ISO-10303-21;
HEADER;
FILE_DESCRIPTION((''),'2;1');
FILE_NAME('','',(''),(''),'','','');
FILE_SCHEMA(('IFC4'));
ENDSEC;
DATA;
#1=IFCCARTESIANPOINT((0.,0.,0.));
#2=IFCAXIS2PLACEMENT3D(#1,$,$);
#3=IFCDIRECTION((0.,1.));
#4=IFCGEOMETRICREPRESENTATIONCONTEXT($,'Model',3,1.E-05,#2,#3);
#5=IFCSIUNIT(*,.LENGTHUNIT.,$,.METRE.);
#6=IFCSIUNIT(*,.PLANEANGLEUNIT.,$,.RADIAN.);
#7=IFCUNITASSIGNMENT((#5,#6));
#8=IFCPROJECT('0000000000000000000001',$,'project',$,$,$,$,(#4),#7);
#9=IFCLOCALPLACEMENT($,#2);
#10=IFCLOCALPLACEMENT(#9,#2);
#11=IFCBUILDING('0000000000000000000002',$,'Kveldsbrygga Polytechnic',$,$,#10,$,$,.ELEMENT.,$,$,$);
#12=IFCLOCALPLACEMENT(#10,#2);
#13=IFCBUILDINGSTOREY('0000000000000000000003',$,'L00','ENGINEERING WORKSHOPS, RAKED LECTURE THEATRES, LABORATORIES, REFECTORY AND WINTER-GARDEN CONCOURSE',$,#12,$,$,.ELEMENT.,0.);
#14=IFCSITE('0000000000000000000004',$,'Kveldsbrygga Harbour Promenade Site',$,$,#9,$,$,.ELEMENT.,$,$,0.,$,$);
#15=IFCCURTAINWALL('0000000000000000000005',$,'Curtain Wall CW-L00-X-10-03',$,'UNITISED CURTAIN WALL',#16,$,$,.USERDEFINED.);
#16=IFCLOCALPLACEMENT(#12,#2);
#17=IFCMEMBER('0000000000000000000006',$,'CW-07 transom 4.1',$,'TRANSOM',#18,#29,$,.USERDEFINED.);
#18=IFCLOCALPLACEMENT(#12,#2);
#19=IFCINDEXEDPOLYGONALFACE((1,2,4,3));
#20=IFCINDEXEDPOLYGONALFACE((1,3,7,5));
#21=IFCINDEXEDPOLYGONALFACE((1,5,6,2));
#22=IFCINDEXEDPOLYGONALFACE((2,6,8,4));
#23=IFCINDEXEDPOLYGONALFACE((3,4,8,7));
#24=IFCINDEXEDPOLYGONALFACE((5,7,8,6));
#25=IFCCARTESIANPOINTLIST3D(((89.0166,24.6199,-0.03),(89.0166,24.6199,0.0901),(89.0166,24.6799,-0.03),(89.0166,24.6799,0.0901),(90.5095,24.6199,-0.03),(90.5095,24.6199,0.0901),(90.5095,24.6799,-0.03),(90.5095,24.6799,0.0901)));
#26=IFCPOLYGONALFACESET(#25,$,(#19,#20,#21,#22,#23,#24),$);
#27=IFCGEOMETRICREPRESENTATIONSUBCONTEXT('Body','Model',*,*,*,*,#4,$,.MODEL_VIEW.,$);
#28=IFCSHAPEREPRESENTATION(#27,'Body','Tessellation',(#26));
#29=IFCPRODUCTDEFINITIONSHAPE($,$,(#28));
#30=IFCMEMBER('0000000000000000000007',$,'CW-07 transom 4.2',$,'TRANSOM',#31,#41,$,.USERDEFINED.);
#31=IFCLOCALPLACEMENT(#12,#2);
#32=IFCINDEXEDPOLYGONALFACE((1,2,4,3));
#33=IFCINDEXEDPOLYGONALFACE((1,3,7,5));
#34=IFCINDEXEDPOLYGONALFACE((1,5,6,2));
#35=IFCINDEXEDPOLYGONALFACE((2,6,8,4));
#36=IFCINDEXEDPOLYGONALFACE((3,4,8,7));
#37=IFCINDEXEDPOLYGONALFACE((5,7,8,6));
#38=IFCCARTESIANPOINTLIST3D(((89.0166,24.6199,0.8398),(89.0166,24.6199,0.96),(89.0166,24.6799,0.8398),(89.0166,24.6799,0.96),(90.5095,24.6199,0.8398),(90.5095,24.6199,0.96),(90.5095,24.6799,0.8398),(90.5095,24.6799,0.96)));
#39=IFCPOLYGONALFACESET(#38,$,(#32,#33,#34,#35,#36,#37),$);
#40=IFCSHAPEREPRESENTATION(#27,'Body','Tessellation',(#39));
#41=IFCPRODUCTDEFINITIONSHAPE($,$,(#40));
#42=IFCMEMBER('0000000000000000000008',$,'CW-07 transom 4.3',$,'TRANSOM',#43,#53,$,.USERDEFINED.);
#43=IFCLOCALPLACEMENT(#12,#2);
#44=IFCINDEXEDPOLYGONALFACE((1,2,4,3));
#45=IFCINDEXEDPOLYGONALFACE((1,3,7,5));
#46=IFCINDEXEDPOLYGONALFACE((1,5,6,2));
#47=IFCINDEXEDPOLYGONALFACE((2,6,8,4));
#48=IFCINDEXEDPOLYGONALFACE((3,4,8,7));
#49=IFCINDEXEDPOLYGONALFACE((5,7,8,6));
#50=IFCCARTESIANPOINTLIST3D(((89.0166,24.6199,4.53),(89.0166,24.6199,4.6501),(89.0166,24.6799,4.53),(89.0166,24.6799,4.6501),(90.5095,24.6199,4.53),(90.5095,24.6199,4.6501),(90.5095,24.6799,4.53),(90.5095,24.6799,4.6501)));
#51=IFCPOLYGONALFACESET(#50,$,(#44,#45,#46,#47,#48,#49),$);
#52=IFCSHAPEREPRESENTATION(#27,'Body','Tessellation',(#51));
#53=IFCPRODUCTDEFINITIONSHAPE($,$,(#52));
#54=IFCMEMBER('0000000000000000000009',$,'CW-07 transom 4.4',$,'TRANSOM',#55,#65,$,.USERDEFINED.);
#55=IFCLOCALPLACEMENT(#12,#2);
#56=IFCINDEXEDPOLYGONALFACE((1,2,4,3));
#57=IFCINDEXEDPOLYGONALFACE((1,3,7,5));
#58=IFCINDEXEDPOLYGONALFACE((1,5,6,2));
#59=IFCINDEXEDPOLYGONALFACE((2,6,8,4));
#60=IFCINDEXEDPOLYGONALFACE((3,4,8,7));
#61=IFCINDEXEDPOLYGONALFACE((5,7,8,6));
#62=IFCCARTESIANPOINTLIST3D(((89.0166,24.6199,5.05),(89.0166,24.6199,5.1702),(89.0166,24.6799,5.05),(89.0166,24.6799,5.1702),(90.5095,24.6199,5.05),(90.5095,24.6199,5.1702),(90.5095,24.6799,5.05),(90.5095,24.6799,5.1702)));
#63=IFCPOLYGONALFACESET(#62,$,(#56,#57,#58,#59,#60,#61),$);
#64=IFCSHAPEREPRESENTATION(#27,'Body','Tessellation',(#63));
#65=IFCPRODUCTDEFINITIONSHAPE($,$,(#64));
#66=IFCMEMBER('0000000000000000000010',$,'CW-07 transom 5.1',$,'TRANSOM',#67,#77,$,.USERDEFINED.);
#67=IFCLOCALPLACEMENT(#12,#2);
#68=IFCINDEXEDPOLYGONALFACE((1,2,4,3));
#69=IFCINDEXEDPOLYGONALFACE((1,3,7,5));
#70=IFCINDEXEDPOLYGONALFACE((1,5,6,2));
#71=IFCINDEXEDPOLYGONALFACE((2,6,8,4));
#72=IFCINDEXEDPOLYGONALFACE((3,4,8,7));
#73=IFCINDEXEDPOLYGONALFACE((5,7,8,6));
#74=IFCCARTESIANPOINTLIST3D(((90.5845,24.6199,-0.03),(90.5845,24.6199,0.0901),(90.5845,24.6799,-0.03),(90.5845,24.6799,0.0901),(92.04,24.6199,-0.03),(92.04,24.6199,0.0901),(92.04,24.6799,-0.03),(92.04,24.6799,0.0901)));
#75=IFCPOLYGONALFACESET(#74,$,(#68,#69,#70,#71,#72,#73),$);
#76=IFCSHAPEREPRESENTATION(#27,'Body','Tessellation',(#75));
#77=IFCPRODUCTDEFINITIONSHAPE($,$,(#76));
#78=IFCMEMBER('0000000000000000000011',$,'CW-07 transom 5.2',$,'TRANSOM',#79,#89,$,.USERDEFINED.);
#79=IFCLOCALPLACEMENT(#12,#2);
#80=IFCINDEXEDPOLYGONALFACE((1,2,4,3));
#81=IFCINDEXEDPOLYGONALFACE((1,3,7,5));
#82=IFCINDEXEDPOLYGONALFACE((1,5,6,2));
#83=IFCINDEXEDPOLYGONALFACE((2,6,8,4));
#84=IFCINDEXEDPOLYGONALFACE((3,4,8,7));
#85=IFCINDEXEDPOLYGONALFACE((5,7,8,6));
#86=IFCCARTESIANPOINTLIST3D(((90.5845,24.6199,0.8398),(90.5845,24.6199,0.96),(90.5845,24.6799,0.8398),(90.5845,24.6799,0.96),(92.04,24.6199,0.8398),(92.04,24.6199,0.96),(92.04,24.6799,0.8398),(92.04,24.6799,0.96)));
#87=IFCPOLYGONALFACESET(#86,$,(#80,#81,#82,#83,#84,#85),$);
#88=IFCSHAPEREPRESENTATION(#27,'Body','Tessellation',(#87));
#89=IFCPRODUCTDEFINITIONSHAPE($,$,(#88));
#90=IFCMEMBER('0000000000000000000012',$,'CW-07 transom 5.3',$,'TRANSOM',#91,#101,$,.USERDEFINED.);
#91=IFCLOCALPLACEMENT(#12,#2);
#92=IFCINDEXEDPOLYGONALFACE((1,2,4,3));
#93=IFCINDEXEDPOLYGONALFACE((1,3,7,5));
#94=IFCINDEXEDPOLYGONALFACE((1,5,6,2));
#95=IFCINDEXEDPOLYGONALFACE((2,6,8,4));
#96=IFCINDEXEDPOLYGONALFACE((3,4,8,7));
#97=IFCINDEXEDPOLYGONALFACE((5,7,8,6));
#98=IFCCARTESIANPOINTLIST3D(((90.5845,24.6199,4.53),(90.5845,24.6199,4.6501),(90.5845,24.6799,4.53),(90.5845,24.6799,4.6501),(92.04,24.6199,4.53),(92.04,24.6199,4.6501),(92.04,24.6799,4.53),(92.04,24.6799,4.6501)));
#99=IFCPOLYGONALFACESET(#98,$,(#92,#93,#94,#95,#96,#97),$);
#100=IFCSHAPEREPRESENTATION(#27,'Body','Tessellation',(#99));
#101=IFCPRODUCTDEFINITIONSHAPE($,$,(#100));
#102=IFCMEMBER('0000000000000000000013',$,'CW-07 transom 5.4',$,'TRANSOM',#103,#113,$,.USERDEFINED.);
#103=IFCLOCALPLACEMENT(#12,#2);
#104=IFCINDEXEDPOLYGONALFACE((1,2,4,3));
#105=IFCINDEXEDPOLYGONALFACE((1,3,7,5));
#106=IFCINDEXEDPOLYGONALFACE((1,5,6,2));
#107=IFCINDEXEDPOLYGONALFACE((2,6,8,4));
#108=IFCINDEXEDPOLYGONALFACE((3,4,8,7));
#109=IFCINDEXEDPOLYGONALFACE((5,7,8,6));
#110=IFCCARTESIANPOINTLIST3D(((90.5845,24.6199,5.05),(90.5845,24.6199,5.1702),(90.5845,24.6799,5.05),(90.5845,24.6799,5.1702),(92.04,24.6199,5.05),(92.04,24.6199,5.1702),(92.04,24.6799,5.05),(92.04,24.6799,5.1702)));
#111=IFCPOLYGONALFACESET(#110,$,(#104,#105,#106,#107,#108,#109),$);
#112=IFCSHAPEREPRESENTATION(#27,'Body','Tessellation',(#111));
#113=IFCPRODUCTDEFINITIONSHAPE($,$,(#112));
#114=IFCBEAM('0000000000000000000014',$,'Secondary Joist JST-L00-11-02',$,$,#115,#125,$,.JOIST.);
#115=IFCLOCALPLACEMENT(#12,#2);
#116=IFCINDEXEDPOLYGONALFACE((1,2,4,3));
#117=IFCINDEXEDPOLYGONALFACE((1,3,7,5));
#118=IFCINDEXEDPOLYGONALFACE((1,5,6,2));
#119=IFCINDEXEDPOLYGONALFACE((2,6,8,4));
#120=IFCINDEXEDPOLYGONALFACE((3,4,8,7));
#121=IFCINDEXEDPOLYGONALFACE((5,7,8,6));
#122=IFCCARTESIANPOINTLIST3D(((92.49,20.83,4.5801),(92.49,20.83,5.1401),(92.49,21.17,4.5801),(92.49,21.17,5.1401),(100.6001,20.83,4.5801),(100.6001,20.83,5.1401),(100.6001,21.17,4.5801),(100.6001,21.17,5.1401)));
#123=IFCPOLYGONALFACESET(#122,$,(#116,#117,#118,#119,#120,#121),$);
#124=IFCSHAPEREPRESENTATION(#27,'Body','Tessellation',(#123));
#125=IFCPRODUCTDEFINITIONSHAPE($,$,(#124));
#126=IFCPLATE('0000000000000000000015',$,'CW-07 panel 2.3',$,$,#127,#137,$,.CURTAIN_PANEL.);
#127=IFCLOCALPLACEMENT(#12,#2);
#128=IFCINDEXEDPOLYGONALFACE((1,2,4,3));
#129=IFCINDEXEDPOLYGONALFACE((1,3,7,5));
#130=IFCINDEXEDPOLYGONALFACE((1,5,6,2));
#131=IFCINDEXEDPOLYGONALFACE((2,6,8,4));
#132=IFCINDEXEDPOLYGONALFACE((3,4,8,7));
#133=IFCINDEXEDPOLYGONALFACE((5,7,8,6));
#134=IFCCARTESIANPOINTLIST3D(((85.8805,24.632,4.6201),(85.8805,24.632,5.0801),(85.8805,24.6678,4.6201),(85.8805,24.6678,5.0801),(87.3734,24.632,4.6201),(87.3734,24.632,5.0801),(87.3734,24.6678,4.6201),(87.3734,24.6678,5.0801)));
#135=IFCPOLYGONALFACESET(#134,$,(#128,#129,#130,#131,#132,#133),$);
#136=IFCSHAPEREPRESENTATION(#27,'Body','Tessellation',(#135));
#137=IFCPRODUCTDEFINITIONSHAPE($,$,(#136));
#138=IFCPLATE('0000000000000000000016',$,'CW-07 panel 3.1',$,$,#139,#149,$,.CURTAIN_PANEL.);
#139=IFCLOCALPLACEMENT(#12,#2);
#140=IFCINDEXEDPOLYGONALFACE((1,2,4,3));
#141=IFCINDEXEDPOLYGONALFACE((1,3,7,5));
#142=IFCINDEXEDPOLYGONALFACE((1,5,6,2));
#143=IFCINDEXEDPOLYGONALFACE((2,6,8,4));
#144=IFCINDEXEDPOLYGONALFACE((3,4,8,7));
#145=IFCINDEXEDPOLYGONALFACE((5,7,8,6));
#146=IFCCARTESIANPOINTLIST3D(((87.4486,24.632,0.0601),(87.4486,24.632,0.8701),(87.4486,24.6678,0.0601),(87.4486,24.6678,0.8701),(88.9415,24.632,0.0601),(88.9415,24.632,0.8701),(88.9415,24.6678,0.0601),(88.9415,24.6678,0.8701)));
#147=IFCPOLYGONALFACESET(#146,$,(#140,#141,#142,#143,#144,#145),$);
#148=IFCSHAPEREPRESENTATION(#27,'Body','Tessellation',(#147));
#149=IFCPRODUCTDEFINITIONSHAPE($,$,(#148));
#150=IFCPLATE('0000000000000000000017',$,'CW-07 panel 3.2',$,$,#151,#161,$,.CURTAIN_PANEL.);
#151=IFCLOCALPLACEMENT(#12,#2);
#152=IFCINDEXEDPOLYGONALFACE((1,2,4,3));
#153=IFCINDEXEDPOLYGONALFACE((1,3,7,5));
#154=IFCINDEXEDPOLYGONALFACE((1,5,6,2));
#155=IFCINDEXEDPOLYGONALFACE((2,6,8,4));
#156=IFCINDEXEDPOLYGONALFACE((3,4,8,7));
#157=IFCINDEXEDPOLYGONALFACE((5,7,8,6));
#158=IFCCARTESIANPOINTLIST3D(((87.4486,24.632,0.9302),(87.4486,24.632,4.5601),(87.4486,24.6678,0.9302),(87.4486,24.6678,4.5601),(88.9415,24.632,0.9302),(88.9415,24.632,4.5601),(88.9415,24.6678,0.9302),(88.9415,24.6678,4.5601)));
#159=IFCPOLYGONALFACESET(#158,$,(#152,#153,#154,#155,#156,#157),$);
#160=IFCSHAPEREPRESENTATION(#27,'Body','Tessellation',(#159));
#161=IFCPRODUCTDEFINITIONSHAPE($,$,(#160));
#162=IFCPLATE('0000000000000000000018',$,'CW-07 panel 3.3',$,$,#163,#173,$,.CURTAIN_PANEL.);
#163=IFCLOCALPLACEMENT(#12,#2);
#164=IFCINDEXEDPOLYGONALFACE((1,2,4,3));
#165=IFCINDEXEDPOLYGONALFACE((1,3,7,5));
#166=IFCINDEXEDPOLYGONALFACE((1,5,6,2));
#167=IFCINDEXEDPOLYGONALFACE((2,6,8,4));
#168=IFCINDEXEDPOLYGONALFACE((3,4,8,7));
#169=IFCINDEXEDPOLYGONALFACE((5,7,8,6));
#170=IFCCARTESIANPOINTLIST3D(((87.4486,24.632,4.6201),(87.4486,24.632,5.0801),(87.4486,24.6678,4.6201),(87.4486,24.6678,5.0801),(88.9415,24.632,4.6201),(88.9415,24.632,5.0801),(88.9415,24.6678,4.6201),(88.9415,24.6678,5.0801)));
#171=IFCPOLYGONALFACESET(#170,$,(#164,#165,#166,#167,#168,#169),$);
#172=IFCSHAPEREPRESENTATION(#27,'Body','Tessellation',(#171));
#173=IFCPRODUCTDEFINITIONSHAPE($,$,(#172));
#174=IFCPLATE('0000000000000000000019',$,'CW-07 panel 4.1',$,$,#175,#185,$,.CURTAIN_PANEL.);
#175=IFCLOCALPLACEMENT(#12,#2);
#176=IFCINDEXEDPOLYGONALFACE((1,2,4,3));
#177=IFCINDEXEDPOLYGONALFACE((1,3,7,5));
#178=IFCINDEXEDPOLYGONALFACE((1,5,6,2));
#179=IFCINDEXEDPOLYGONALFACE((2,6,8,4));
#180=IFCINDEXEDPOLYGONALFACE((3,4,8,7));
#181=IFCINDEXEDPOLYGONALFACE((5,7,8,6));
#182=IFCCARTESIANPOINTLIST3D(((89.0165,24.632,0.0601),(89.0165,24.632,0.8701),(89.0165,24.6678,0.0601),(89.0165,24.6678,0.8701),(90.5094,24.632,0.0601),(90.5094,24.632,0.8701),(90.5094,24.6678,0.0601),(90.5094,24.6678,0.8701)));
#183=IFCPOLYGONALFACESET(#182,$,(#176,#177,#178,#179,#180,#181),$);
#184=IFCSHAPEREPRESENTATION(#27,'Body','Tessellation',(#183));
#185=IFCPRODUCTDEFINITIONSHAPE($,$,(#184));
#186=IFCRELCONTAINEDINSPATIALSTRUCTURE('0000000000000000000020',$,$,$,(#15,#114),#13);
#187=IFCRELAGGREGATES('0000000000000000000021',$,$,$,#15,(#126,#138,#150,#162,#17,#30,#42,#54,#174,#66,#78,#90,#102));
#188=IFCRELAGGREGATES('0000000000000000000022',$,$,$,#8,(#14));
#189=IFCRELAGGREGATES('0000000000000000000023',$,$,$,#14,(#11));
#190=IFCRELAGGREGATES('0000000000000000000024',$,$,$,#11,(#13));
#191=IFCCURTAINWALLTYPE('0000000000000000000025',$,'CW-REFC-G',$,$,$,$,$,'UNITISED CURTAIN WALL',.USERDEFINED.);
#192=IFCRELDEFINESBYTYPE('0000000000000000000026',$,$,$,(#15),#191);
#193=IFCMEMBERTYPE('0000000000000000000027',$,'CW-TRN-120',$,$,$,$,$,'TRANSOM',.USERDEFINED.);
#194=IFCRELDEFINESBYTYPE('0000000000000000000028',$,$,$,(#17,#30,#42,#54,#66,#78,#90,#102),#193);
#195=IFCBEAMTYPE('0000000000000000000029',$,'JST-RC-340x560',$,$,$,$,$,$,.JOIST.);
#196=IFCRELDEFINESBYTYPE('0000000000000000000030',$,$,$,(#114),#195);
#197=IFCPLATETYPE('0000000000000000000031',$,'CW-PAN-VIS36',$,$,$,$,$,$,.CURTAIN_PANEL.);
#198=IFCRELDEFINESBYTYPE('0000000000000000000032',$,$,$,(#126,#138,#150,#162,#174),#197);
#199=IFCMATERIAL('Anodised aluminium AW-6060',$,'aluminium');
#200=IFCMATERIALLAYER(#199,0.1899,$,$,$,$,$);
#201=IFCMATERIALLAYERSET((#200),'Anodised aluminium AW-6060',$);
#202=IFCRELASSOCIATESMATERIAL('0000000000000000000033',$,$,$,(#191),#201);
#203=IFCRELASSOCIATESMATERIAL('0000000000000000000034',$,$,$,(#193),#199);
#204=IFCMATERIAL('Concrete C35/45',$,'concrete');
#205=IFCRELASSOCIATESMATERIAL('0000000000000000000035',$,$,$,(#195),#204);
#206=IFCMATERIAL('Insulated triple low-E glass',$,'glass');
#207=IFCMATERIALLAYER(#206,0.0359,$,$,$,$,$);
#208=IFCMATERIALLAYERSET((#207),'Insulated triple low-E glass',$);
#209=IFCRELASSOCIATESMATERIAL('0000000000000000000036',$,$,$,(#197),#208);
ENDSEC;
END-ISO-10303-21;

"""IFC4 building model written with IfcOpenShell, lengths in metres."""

from ifc_helpers import new_model, si_unit, direction, frame, origin, origin_2d, place, context, subcontext, project, spatial, rectangle, extrude, material, layer, layer_set, material_profile, profile_set, type_object, element, aggregate, save


model = new_model("IFC4")

# Units and contexts
model_context = context("Model", 3, precision=1e-05, world=origin(), true_north=direction((0.0, 1.0)))
body_context = subcontext(model_context, "Body", "Model", "MODEL_VIEW")
ifc_project = project(units=[si_unit("LENGTHUNIT", "METRE"), si_unit("PLANEANGLEUNIT", "RADIAN")], contexts=[model_context])

# Site, building, storey
site_placement = place(None, origin())
site = spatial("IfcSite", under=ifc_project, at=site_placement, Name="Kveldsbrygga Harbour Promenade Site", CompositionType="ELEMENT", RefElevation=0.0)
building_placement = place(site_placement, origin())
building = spatial("IfcBuilding", under=site, at=building_placement, Name="Kveldsbrygga Polytechnic", CompositionType="ELEMENT")
storey_placement = place(building_placement, origin())
storey = spatial("IfcBuildingStorey", under=building, at=storey_placement, Name="L00", Description="ENGINEERING WORKSHOPS, RAKED LECTURE THEATRES, LABORATORIES, REFECTORY AND WINTER-GARDEN CONCOURSE", CompositionType="ELEMENT", Elevation=0.0)

# Shared definitions
ifc_material_1 = material(Name="Concrete C35/45", Category="concrete")

# Curtain wall, members
ifc_material_2 = material(Name="Anodised aluminium AW-6060", Category="aluminium")
ifc_layer_1 = layer(ifc_material_2, 0.1899)
ifc_layer_set_1 = layer_set([ifc_layer_1], Name="Anodised aluminium AW-6060")
curtain_wall_type = type_object("IfcCurtainWallType", Name="CW-REFC-G", ElementType="UNITISED CURTAIN WALL", PredefinedType="USERDEFINED", material=ifc_layer_set_1)
curtain_wall_placement = place(storey_placement, origin())
curtain_wall = element("IfcCurtainWall", 1, at=curtain_wall_placement, inside=storey, type_object=curtain_wall_type, Name="Curtain Wall CW-L00-X-10-03", ObjectType="UNITISED CURTAIN WALL", PredefinedType="USERDEFINED")
ifc_material_profile_1 = material_profile(ifc_material_2, rectangle(XDim=0.0601, YDim=0.1201, at=origin_2d()), Name="ALU 60x120")
ifc_profile_set_1 = profile_set([ifc_material_profile_1], Name="Anodised aluminium AW-6060")
member_type_1 = type_object("IfcMemberType", Name="CW-TRN-120", ElementType="TRANSOM", PredefinedType="USERDEFINED", material=ifc_profile_set_1)
member_1_placement = place(storey_placement, frame((89.0166, 24.6499, 0.03), z_axis=(1.0, 0.0, 0.0), x_axis=(0.0, 1.0, 0.0)))
member_1 = element("IfcMember", 2, at=member_1_placement, type_object=member_type_1, Name="CW-07 transom 4.1", ObjectType="TRANSOM", PredefinedType="USERDEFINED", context=body_context, shape_type="SweptSolid", body=[
    extrude(rectangle(XDim=0.0601, YDim=0.1201, at=origin_2d()), origin(), (0.0, 0.0, 1.0), 1.4929),
])
member_2_placement = place(storey_placement, frame((89.0166, 24.6499, 0.8999), z_axis=(1.0, 0.0, 0.0), x_axis=(0.0, 1.0, 0.0)))
member_2 = element("IfcMember", 3, at=member_2_placement, type_object=member_type_1, Name="CW-07 transom 4.2", ObjectType="TRANSOM", PredefinedType="USERDEFINED", context=body_context, shape_type="SweptSolid", body=[
    extrude(rectangle(XDim=0.0601, YDim=0.1201, at=origin_2d()), origin(), (0.0, 0.0, 1.0), 1.4929),
])
member_3_placement = place(storey_placement, frame((89.0166, 24.6499, 4.5901), z_axis=(1.0, 0.0, 0.0), x_axis=(0.0, 1.0, 0.0)))
member_3 = element("IfcMember", 4, at=member_3_placement, type_object=member_type_1, Name="CW-07 transom 4.3", ObjectType="TRANSOM", PredefinedType="USERDEFINED", context=body_context, shape_type="SweptSolid", body=[
    extrude(rectangle(XDim=0.0601, YDim=0.1201, at=origin_2d()), origin(), (0.0, 0.0, 1.0), 1.4929),
])
member_4_placement = place(storey_placement, frame((89.0166, 24.6499, 5.1101), z_axis=(1.0, 0.0, 0.0), x_axis=(0.0, 1.0, 0.0)))
member_4 = element("IfcMember", 5, at=member_4_placement, type_object=member_type_1, Name="CW-07 transom 4.4", ObjectType="TRANSOM", PredefinedType="USERDEFINED", context=body_context, shape_type="SweptSolid", body=[
    extrude(rectangle(XDim=0.0601, YDim=0.1201, at=origin_2d()), origin(), (0.0, 0.0, 1.0), 1.4929),
])
member_5_placement = place(storey_placement, frame((90.5845, 24.6499, 0.03), z_axis=(1.0, 0.0, 0.0), x_axis=(0.0, 1.0, 0.0)))
member_5 = element("IfcMember", 6, at=member_5_placement, type_object=member_type_1, Name="CW-07 transom 5.1", ObjectType="TRANSOM", PredefinedType="USERDEFINED", context=body_context, shape_type="SweptSolid", body=[
    extrude(rectangle(XDim=0.0601, YDim=0.1201, at=origin_2d()), origin(), (0.0, 0.0, 1.0), 1.4556),
])
member_6_placement = place(storey_placement, frame((90.5845, 24.6499, 0.8999), z_axis=(1.0, 0.0, 0.0), x_axis=(0.0, 1.0, 0.0)))
member_6 = element("IfcMember", 7, at=member_6_placement, type_object=member_type_1, Name="CW-07 transom 5.2", ObjectType="TRANSOM", PredefinedType="USERDEFINED", context=body_context, shape_type="SweptSolid", body=[
    extrude(rectangle(XDim=0.0601, YDim=0.1201, at=origin_2d()), origin(), (0.0, 0.0, 1.0), 1.4556),
])
member_7_placement = place(storey_placement, frame((90.5845, 24.6499, 4.5901), z_axis=(1.0, 0.0, 0.0), x_axis=(0.0, 1.0, 0.0)))
member_7 = element("IfcMember", 8, at=member_7_placement, type_object=member_type_1, Name="CW-07 transom 5.3", ObjectType="TRANSOM", PredefinedType="USERDEFINED", context=body_context, shape_type="SweptSolid", body=[
    extrude(rectangle(XDim=0.0601, YDim=0.1201, at=origin_2d()), origin(), (0.0, 0.0, 1.0), 1.4556),
])
member_8_placement = place(storey_placement, frame((90.5845, 24.6499, 5.1101), z_axis=(1.0, 0.0, 0.0), x_axis=(0.0, 1.0, 0.0)))
member_8 = element("IfcMember", 9, at=member_8_placement, type_object=member_type_1, Name="CW-07 transom 5.4", ObjectType="TRANSOM", PredefinedType="USERDEFINED", context=body_context, shape_type="SweptSolid", body=[
    extrude(rectangle(XDim=0.0601, YDim=0.1201, at=origin_2d()), origin(), (0.0, 0.0, 1.0), 1.4556),
])

# Beam
ifc_material_profile_2 = material_profile(ifc_material_1, rectangle(XDim=0.3401, YDim=0.5601, at=origin_2d()), Name="RC 340x560")
ifc_profile_set_2 = profile_set([ifc_material_profile_2], Name="Concrete C35/45")
beam_type_1 = type_object("IfcBeamType", Name="JST-RC-340x560", PredefinedType="JOIST", material=ifc_profile_set_2)
beam_1_placement = place(storey_placement, frame((92.49, 21.0, 4.8601), z_axis=(1.0, 0.0, 0.0), x_axis=(0.0, 1.0, 0.0)))
element("IfcBeam", 10, at=beam_1_placement, inside=storey, type_object=beam_type_1, Name="Secondary Joist JST-L00-11-02", PredefinedType="JOIST", context=body_context, shape_type="SweptSolid", body=[
    extrude(rectangle(XDim=0.3401, YDim=0.5601, at=origin_2d()), origin(), (0.0, 0.0, 1.0), 8.1101),
])

# Plates
ifc_material_3 = material(Name="Insulated triple low-E glass", Category="glass")
ifc_layer_2 = layer(ifc_material_3, 0.0359)
ifc_layer_set_2 = layer_set([ifc_layer_2], Name="Insulated triple low-E glass")
plate_type = type_object("IfcPlateType", Name="CW-PAN-VIS36", PredefinedType="CURTAIN_PANEL", material=ifc_layer_set_2)
plate_1_placement = place(storey_placement, frame((86.627, 24.6499, 4.6201), z_axis=(0.0, 0.0, 1.0), x_axis=(1.0, 0.0, 0.0)))
plate_1 = element("IfcPlate", 11, at=plate_1_placement, type_object=plate_type, Name="CW-07 panel 2.3", PredefinedType="CURTAIN_PANEL", context=body_context, shape_type="SweptSolid", body=[
    extrude(rectangle(XDim=1.4929, YDim=0.0359, at=origin_2d()), origin(), (0.0, 0.0, 1.0), 0.46),
])
plate_2_placement = place(storey_placement, frame((88.1951, 24.6499, 0.0601), z_axis=(0.0, 0.0, 1.0), x_axis=(1.0, 0.0, 0.0)))
plate_2 = element("IfcPlate", 12, at=plate_2_placement, type_object=plate_type, Name="CW-07 panel 3.1", PredefinedType="CURTAIN_PANEL", context=body_context, shape_type="SweptSolid", body=[
    extrude(rectangle(XDim=1.4929, YDim=0.0359, at=origin_2d()), origin(), (0.0, 0.0, 1.0), 0.8101),
])
plate_3_placement = place(storey_placement, frame((88.1951, 24.6499, 0.9302), z_axis=(0.0, 0.0, 1.0), x_axis=(1.0, 0.0, 0.0)))
plate_3 = element("IfcPlate", 13, at=plate_3_placement, type_object=plate_type, Name="CW-07 panel 3.2", PredefinedType="CURTAIN_PANEL", context=body_context, shape_type="SweptSolid", body=[
    extrude(rectangle(XDim=1.4929, YDim=0.0359, at=origin_2d()), origin(), (0.0, 0.0, 1.0), 3.6299),
])
plate_4_placement = place(storey_placement, frame((88.1951, 24.6499, 4.6201), z_axis=(0.0, 0.0, 1.0), x_axis=(1.0, 0.0, 0.0)))
plate_4 = element("IfcPlate", 14, at=plate_4_placement, type_object=plate_type, Name="CW-07 panel 3.3", PredefinedType="CURTAIN_PANEL", context=body_context, shape_type="SweptSolid", body=[
    extrude(rectangle(XDim=1.4929, YDim=0.0359, at=origin_2d()), origin(), (0.0, 0.0, 1.0), 0.46),
])
plate_5_placement = place(storey_placement, frame((89.7629, 24.6499, 0.0601), z_axis=(0.0, 0.0, 1.0), x_axis=(1.0, 0.0, 0.0)))
plate_5 = element("IfcPlate", 15, at=plate_5_placement, type_object=plate_type, Name="CW-07 panel 4.1", PredefinedType="CURTAIN_PANEL", context=body_context, shape_type="SweptSolid", body=[
    extrude(rectangle(XDim=1.4929, YDim=0.0359, at=origin_2d()), origin(), (0.0, 0.0, 1.0), 0.8101),
])
aggregate(curtain_wall, [plate_1, plate_2, plate_3, plate_4, member_1, member_2, member_3, member_4, plate_5, member_5, member_6, member_7, member_8])

save(model, "model.ifc")
